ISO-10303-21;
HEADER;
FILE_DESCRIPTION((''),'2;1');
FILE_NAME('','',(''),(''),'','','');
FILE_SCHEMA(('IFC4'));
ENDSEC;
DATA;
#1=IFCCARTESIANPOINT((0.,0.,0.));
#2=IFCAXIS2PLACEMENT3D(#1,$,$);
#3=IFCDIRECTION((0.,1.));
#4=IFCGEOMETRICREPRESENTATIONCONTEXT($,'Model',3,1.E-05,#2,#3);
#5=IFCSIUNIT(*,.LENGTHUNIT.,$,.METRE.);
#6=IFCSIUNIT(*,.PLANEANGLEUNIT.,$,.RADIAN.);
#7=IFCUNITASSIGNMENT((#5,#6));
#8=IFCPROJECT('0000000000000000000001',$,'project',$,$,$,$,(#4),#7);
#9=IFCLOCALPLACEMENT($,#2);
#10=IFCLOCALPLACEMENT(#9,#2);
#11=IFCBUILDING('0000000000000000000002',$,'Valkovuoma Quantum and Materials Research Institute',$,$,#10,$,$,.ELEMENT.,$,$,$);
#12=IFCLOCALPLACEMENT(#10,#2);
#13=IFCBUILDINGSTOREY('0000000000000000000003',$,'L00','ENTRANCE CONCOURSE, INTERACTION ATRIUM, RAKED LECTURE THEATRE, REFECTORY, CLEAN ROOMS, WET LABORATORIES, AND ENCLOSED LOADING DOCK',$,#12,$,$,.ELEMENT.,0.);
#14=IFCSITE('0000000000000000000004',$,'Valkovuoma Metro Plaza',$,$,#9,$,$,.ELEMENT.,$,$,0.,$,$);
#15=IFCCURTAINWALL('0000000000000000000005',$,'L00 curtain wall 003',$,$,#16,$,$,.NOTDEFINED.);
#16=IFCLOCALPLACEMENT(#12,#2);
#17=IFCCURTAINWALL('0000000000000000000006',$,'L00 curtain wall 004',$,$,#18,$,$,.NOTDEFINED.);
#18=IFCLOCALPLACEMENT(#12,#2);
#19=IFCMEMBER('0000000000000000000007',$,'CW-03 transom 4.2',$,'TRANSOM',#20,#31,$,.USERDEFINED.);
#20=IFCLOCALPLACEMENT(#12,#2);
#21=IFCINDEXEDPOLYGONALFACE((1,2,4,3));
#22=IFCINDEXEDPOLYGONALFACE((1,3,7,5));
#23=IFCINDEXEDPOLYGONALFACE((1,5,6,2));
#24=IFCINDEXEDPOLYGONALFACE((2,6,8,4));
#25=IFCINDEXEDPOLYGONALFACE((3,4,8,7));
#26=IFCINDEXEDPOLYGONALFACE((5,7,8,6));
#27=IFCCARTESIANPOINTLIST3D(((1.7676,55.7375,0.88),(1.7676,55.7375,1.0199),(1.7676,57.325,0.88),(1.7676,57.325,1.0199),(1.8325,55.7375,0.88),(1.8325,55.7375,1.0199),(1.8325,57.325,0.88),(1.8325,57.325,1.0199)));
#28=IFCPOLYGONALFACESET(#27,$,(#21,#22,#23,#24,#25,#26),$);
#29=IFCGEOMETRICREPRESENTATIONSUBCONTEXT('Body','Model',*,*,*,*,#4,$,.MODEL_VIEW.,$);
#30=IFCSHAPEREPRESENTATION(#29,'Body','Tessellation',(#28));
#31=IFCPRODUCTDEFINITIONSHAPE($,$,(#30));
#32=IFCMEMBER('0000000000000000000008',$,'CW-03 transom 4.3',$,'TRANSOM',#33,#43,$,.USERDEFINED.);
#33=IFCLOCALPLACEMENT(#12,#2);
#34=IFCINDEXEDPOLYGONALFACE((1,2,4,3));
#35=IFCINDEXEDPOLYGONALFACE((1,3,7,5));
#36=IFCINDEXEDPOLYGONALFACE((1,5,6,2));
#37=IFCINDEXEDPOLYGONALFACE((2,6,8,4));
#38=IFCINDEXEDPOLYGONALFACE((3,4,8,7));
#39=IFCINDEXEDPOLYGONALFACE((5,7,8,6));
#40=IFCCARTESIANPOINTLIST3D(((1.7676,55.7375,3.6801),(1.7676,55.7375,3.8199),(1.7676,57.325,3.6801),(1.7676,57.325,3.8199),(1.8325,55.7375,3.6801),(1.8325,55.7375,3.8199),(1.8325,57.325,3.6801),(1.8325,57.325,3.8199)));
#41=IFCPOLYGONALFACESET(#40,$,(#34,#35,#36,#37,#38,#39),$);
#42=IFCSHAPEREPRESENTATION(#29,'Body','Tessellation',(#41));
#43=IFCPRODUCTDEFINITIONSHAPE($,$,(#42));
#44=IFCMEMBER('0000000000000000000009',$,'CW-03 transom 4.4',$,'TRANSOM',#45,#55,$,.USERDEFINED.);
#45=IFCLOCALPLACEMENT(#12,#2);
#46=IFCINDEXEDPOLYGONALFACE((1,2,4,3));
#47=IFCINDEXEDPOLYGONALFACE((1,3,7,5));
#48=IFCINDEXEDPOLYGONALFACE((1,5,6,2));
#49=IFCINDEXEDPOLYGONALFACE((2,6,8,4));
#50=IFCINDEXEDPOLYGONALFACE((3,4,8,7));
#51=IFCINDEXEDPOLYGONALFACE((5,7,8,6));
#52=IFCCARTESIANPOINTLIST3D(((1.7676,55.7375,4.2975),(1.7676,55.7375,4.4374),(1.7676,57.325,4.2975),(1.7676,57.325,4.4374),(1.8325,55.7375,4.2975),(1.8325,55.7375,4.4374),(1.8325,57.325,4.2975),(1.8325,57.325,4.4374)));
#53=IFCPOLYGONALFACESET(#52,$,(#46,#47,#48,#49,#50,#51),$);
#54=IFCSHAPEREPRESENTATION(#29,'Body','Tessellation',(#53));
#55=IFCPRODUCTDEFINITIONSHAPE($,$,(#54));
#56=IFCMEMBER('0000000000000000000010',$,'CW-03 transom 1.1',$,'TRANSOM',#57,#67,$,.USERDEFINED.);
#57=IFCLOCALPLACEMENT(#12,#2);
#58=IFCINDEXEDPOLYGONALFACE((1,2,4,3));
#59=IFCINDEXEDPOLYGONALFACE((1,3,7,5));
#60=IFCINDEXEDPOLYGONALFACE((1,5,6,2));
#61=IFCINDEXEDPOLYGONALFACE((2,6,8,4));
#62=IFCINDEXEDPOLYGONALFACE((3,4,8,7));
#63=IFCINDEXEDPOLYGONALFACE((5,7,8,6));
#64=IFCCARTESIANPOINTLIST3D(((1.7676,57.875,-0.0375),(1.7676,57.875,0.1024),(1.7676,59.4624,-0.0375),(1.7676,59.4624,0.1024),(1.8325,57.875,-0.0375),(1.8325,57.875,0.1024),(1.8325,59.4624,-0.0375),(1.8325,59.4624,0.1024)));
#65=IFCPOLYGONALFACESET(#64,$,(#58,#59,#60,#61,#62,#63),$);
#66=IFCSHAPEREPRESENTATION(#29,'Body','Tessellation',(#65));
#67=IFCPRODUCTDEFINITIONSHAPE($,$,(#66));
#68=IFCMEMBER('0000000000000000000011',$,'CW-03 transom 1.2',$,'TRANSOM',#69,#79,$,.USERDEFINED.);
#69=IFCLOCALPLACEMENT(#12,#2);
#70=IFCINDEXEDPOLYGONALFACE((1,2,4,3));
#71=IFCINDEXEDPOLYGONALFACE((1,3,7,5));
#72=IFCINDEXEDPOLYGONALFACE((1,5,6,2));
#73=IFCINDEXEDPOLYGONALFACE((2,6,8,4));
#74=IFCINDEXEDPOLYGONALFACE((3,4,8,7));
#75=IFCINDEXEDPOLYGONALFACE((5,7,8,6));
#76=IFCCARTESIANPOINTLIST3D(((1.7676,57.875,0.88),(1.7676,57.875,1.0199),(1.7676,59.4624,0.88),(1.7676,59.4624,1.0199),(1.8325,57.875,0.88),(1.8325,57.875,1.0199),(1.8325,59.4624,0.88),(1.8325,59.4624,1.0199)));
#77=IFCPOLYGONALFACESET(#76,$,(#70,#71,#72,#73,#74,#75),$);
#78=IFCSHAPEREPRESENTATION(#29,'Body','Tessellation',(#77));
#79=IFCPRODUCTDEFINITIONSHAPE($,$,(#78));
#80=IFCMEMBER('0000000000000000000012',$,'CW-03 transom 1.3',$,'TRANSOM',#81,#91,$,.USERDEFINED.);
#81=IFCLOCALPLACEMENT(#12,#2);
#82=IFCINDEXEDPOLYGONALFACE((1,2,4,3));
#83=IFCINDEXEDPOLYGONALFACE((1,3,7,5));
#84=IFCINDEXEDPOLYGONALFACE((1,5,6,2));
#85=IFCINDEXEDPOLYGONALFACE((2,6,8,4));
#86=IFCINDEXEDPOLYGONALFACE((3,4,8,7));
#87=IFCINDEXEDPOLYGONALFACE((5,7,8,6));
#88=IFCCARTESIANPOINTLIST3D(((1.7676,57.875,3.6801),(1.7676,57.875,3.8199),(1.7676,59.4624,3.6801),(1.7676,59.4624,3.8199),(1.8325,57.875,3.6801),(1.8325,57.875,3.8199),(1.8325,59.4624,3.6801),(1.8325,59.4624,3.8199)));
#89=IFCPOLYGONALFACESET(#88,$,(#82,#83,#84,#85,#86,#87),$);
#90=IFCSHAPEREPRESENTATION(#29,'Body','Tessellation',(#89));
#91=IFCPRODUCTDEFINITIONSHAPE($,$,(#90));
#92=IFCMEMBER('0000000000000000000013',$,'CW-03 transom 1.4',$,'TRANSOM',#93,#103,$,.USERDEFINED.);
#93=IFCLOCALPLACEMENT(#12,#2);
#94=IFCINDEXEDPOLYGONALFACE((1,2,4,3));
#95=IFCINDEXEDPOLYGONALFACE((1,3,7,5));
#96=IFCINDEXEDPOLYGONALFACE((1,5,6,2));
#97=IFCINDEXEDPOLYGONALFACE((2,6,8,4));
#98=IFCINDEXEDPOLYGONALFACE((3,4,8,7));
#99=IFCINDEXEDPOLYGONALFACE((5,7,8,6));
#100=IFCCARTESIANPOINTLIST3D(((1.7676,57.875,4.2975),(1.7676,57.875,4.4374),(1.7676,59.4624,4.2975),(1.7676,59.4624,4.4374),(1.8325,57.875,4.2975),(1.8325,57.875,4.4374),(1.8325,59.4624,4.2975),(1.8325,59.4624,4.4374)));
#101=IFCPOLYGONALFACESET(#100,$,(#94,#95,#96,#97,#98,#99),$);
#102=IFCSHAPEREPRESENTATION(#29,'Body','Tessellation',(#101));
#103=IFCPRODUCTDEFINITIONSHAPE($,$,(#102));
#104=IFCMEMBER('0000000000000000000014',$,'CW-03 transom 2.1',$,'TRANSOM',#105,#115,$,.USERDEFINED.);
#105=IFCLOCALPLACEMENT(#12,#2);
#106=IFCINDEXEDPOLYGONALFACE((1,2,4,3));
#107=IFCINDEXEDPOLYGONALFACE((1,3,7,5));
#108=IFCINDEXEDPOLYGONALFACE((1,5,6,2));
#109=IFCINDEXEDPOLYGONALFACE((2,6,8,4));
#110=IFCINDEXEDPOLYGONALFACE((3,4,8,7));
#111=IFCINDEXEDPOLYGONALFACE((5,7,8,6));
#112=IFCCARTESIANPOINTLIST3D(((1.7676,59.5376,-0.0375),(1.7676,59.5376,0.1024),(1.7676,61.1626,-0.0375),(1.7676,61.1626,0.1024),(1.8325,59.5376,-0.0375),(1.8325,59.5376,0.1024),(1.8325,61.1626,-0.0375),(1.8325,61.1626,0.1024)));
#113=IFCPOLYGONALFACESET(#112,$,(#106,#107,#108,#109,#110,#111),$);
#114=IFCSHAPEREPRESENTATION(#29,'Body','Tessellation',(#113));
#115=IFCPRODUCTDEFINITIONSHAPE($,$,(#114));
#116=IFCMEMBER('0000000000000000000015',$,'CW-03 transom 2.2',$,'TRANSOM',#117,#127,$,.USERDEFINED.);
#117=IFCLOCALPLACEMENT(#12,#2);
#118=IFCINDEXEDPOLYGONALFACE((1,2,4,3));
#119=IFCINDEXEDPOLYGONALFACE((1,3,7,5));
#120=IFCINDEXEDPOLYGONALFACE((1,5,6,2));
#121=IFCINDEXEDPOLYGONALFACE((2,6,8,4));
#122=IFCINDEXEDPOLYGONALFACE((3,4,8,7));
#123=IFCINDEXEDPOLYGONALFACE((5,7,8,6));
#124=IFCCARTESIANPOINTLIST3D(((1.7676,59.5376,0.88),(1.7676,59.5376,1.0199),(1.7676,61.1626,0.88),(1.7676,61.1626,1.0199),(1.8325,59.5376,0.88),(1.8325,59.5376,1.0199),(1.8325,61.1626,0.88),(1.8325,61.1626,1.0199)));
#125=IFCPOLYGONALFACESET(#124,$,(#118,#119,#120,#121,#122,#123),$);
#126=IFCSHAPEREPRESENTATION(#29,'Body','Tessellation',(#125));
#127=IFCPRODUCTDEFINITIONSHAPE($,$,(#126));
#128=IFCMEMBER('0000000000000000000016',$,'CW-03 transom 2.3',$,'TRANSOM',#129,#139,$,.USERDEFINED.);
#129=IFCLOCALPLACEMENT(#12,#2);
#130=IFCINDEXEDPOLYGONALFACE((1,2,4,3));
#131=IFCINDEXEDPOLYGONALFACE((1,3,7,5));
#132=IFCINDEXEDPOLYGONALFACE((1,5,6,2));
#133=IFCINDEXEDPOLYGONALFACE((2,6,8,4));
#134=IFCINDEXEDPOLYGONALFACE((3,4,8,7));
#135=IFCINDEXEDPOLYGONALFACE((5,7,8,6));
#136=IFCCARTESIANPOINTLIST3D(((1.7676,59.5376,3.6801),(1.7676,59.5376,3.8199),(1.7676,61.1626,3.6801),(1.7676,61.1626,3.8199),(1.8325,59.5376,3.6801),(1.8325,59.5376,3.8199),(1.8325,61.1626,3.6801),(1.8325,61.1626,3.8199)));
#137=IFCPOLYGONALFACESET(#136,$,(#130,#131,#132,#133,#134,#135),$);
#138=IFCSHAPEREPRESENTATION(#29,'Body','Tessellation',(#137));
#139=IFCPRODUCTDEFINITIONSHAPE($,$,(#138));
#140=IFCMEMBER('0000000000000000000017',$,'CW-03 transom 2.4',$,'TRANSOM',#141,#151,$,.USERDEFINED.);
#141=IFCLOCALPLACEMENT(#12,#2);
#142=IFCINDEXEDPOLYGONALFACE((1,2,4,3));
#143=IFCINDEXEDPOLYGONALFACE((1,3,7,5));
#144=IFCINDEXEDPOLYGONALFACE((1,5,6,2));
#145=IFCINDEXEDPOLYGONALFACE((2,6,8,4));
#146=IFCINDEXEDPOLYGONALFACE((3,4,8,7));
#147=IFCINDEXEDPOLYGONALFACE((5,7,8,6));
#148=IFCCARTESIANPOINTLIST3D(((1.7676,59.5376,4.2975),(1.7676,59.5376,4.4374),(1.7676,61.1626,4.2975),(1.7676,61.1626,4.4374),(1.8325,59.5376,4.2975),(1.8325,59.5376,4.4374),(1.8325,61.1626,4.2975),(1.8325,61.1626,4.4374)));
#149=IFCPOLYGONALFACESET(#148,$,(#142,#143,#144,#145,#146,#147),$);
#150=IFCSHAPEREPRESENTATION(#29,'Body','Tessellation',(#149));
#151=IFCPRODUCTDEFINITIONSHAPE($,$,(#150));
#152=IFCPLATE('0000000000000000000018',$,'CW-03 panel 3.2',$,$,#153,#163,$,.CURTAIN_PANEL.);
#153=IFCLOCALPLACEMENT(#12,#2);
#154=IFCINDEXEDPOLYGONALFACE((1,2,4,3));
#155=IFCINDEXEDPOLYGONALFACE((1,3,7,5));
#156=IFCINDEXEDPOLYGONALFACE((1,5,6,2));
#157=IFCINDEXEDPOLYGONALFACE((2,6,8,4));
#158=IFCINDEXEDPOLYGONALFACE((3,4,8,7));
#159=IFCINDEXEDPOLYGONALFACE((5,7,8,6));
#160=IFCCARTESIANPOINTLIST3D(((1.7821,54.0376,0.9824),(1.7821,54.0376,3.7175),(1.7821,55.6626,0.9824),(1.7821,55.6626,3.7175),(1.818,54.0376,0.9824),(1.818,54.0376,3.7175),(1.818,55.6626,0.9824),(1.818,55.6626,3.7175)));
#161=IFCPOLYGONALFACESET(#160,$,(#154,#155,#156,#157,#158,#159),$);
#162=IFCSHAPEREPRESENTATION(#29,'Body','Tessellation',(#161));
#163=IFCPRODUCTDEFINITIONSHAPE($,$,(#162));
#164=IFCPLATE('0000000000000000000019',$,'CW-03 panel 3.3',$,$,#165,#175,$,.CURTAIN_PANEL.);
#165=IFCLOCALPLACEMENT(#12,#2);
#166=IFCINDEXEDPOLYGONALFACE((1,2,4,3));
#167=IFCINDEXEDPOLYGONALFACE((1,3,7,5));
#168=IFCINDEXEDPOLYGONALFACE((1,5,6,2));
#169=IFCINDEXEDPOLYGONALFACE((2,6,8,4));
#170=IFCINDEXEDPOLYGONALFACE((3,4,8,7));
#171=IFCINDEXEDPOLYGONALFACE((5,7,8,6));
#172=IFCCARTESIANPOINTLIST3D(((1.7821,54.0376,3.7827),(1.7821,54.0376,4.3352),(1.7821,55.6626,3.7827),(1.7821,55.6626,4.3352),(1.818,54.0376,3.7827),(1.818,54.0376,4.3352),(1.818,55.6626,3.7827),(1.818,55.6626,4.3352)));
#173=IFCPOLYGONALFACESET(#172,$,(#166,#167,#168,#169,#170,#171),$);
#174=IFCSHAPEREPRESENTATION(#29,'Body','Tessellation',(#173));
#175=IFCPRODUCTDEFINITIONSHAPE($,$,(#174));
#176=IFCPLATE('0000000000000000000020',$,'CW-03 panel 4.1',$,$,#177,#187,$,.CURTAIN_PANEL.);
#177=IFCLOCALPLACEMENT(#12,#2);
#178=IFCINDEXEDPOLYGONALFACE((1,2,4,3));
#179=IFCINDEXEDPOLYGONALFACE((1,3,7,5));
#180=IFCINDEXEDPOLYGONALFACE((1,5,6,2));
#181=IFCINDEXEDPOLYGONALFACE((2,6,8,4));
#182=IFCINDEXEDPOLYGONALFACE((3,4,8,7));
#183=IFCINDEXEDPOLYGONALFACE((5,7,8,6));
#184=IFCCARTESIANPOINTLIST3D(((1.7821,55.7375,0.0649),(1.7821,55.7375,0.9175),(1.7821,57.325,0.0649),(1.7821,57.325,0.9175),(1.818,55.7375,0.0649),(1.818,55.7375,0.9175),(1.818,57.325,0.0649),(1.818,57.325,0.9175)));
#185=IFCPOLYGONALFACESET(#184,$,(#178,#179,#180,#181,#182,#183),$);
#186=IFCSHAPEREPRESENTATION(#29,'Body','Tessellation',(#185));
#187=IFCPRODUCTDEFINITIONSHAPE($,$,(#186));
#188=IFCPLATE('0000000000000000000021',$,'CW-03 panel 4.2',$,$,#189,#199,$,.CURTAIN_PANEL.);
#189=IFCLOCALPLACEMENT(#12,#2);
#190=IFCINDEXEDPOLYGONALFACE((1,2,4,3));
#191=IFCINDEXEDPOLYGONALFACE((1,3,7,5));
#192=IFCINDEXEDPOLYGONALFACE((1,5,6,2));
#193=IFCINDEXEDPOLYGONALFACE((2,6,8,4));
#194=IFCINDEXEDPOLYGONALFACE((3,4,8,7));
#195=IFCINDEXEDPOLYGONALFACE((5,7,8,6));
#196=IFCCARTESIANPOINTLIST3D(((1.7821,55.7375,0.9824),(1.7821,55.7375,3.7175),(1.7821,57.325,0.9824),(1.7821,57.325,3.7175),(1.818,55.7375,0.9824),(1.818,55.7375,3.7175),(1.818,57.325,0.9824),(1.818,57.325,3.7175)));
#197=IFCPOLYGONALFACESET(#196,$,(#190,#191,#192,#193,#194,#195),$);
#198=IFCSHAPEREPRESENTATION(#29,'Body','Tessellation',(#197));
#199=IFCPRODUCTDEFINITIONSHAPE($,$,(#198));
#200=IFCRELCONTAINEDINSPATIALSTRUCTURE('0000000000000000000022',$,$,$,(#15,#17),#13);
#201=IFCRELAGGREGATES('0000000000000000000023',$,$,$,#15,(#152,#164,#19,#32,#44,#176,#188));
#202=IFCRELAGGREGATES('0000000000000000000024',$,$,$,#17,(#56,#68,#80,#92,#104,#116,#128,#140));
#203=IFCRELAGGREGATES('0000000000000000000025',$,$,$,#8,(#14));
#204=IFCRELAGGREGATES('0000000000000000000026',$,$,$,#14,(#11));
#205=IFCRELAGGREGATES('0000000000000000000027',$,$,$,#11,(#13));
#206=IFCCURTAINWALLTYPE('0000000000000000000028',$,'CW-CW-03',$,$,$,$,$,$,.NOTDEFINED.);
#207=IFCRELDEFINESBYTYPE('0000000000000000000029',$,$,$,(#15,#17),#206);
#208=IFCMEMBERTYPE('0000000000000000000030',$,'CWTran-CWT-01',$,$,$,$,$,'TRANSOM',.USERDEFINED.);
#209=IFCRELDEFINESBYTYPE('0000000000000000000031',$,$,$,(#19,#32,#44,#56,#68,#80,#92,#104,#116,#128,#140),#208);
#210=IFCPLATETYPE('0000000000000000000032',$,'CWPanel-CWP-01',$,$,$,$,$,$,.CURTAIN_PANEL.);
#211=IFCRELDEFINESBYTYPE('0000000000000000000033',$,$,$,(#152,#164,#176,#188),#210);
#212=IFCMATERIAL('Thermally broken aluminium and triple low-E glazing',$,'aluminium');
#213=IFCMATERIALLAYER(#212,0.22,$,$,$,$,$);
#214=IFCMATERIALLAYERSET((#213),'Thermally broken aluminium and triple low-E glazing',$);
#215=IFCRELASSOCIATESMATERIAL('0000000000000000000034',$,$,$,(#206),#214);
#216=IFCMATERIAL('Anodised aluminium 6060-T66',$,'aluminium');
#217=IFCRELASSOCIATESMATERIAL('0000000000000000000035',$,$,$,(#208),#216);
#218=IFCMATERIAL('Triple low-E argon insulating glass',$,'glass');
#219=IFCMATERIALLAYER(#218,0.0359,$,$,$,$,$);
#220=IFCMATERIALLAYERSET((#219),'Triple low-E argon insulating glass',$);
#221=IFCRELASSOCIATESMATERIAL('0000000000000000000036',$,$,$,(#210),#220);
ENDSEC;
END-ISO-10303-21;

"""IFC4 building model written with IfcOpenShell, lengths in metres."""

from ifc_helpers import new_model, si_unit, direction, frame, origin, origin_2d, place, context, subcontext, project, spatial, rectangle, extrude, material, layer, layer_set, material_profile, profile_set, type_object, element, aggregate, save


model = new_model("IFC4")

# Units and contexts
model_context = context("Model", 3, precision=1e-05, world=origin(), true_north=direction((0.0, 1.0)))
body_context = subcontext(model_context, "Body", "Model", "MODEL_VIEW")
ifc_project = project(units=[si_unit("LENGTHUNIT", "METRE"), si_unit("PLANEANGLEUNIT", "RADIAN")], contexts=[model_context])

# Site, building, storey
site_placement = place(None, origin())
site = spatial("IfcSite", under=ifc_project, at=site_placement, Name="Valkovuoma Metro Plaza", CompositionType="ELEMENT", RefElevation=0.0)
building_placement = place(site_placement, origin())
building = spatial("IfcBuilding", under=site, at=building_placement, Name="Valkovuoma Quantum and Materials Research Institute", CompositionType="ELEMENT")
storey_placement = place(building_placement, origin())
storey = spatial("IfcBuildingStorey", under=building, at=storey_placement, Name="L00", Description="ENTRANCE CONCOURSE, INTERACTION ATRIUM, RAKED LECTURE THEATRE, REFECTORY, CLEAN ROOMS, WET LABORATORIES, AND ENCLOSED LOADING DOCK", CompositionType="ELEMENT", Elevation=0.0)

# Curtain walls
ifc_material_1 = material(Name="Thermally broken aluminium and triple low-E glazing", Category="aluminium")
ifc_layer_1 = layer(ifc_material_1, 0.22)
ifc_layer_set_1 = layer_set([ifc_layer_1], Name="Thermally broken aluminium and triple low-E glazing")
curtain_wall_type = type_object("IfcCurtainWallType", Name="CW-CW-03", PredefinedType="NOTDEFINED", material=ifc_layer_set_1)
curtain_wall_1_placement = place(storey_placement, origin())
curtain_wall_1 = element("IfcCurtainWall", 1, at=curtain_wall_1_placement, inside=storey, type_object=curtain_wall_type, Name="L00 curtain wall 003", PredefinedType="NOTDEFINED")
curtain_wall_2_placement = place(storey_placement, origin())
curtain_wall_2 = element("IfcCurtainWall", 2, at=curtain_wall_2_placement, inside=storey, type_object=curtain_wall_type, Name="L00 curtain wall 004", PredefinedType="NOTDEFINED")

# Members
ifc_material_2 = material(Name="Anodised aluminium 6060-T66", Category="aluminium")
ifc_material_profile_1 = material_profile(ifc_material_2, rectangle(XDim=0.0649, YDim=0.1399, at=origin_2d()), Name="Anodised aluminium 6060-T66")
ifc_profile_set_1 = profile_set([ifc_material_profile_1], Name="Anodised aluminium 6060-T66")
member_type_1 = type_object("IfcMemberType", Name="CWTran-CWT-01", ElementType="TRANSOM", PredefinedType="USERDEFINED", material=ifc_profile_set_1)
member_1_placement = place(storey_placement, frame((1.8, 55.7375, 0.95), z_axis=(0.0, 1.0, 0.0), x_axis=(-1.0, 0.0, 0.0)))
member_1 = element("IfcMember", 3, at=member_1_placement, type_object=member_type_1, Name="CW-03 transom 4.2", ObjectType="TRANSOM", PredefinedType="USERDEFINED", context=body_context, shape_type="SweptSolid", body=[
    extrude(rectangle(XDim=0.0649, YDim=0.1399, at=origin_2d()), origin(), (0.0, 0.0, 1.0), 1.5874),
])
member_2_placement = place(storey_placement, frame((1.8, 55.7375, 3.75), z_axis=(0.0, 1.0, 0.0), x_axis=(-1.0, 0.0, 0.0)))
member_2 = element("IfcMember", 4, at=member_2_placement, type_object=member_type_1, Name="CW-03 transom 4.3", ObjectType="TRANSOM", PredefinedType="USERDEFINED", context=body_context, shape_type="SweptSolid", body=[
    extrude(rectangle(XDim=0.0649, YDim=0.1399, at=origin_2d()), origin(), (0.0, 0.0, 1.0), 1.5874),
])
member_3_placement = place(storey_placement, frame((1.8, 55.7375, 4.3674), z_axis=(0.0, 1.0, 0.0), x_axis=(-1.0, 0.0, 0.0)))
member_3 = element("IfcMember", 5, at=member_3_placement, type_object=member_type_1, Name="CW-03 transom 4.4", ObjectType="TRANSOM", PredefinedType="USERDEFINED", context=body_context, shape_type="SweptSolid", body=[
    extrude(rectangle(XDim=0.0649, YDim=0.1399, at=origin_2d()), origin(), (0.0, 0.0, 1.0), 1.5874),
])
member_4_placement = place(storey_placement, frame((1.8, 57.875, 0.0325), z_axis=(0.0, 1.0, 0.0), x_axis=(-1.0, 0.0, 0.0)))
member_4 = element("IfcMember", 6, at=member_4_placement, type_object=member_type_1, Name="CW-03 transom 1.1", ObjectType="TRANSOM", PredefinedType="USERDEFINED", context=body_context, shape_type="SweptSolid", body=[
    extrude(rectangle(XDim=0.0649, YDim=0.1399, at=origin_2d()), origin(), (0.0, 0.0, 1.0), 1.5874),
])
member_5_placement = place(storey_placement, frame((1.8, 57.875, 0.95), z_axis=(0.0, 1.0, 0.0), x_axis=(-1.0, 0.0, 0.0)))
member_5 = element("IfcMember", 7, at=member_5_placement, type_object=member_type_1, Name="CW-03 transom 1.2", ObjectType="TRANSOM", PredefinedType="USERDEFINED", context=body_context, shape_type="SweptSolid", body=[
    extrude(rectangle(XDim=0.0649, YDim=0.1399, at=origin_2d()), origin(), (0.0, 0.0, 1.0), 1.5874),
])
member_6_placement = place(storey_placement, frame((1.8, 57.875, 3.75), z_axis=(0.0, 1.0, 0.0), x_axis=(-1.0, 0.0, 0.0)))
member_6 = element("IfcMember", 8, at=member_6_placement, type_object=member_type_1, Name="CW-03 transom 1.3", ObjectType="TRANSOM", PredefinedType="USERDEFINED", context=body_context, shape_type="SweptSolid", body=[
    extrude(rectangle(XDim=0.0649, YDim=0.1399, at=origin_2d()), origin(), (0.0, 0.0, 1.0), 1.5874),
])
member_7_placement = place(storey_placement, frame((1.8, 57.875, 4.3674), z_axis=(0.0, 1.0, 0.0), x_axis=(-1.0, 0.0, 0.0)))
member_7 = element("IfcMember", 9, at=member_7_placement, type_object=member_type_1, Name="CW-03 transom 1.4", ObjectType="TRANSOM", PredefinedType="USERDEFINED", context=body_context, shape_type="SweptSolid", body=[
    extrude(rectangle(XDim=0.0649, YDim=0.1399, at=origin_2d()), origin(), (0.0, 0.0, 1.0), 1.5874),
])
member_8_placement = place(storey_placement, frame((1.8, 59.5376, 0.0325), z_axis=(0.0, 1.0, 0.0), x_axis=(-1.0, 0.0, 0.0)))
member_8 = element("IfcMember", 10, at=member_8_placement, type_object=member_type_1, Name="CW-03 transom 2.1", ObjectType="TRANSOM", PredefinedType="USERDEFINED", context=body_context, shape_type="SweptSolid", body=[
    extrude(rectangle(XDim=0.0649, YDim=0.1399, at=origin_2d()), origin(), (0.0, 0.0, 1.0), 1.625),
])
member_9_placement = place(storey_placement, frame((1.8, 59.5376, 0.95), z_axis=(0.0, 1.0, 0.0), x_axis=(-1.0, 0.0, 0.0)))
member_9 = element("IfcMember", 11, at=member_9_placement, type_object=member_type_1, Name="CW-03 transom 2.2", ObjectType="TRANSOM", PredefinedType="USERDEFINED", context=body_context, shape_type="SweptSolid", body=[
    extrude(rectangle(XDim=0.0649, YDim=0.1399, at=origin_2d()), origin(), (0.0, 0.0, 1.0), 1.625),
])
member_10_placement = place(storey_placement, frame((1.8, 59.5376, 3.75), z_axis=(0.0, 1.0, 0.0), x_axis=(-1.0, 0.0, 0.0)))
member_10 = element("IfcMember", 12, at=member_10_placement, type_object=member_type_1, Name="CW-03 transom 2.3", ObjectType="TRANSOM", PredefinedType="USERDEFINED", context=body_context, shape_type="SweptSolid", body=[
    extrude(rectangle(XDim=0.0649, YDim=0.1399, at=origin_2d()), origin(), (0.0, 0.0, 1.0), 1.625),
])
member_11_placement = place(storey_placement, frame((1.8, 59.5376, 4.3674), z_axis=(0.0, 1.0, 0.0), x_axis=(-1.0, 0.0, 0.0)))
member_11 = element("IfcMember", 13, at=member_11_placement, type_object=member_type_1, Name="CW-03 transom 2.4", ObjectType="TRANSOM", PredefinedType="USERDEFINED", context=body_context, shape_type="SweptSolid", body=[
    extrude(rectangle(XDim=0.0649, YDim=0.1399, at=origin_2d()), origin(), (0.0, 0.0, 1.0), 1.625),
])

# Plates
ifc_material_3 = material(Name="Triple low-E argon insulating glass", Category="glass")
ifc_layer_2 = layer(ifc_material_3, 0.0359)
ifc_layer_set_2 = layer_set([ifc_layer_2], Name="Triple low-E argon insulating glass")
plate_type = type_object("IfcPlateType", Name="CWPanel-CWP-01", PredefinedType="CURTAIN_PANEL", material=ifc_layer_set_2)
plate_1_placement = place(storey_placement, frame((1.8, 54.8501, 0.9824), z_axis=(0.0, 0.0, 1.0), x_axis=(0.0, 1.0, 0.0)))
plate_1 = element("IfcPlate", 14, at=plate_1_placement, type_object=plate_type, Name="CW-03 panel 3.2", PredefinedType="CURTAIN_PANEL", context=body_context, shape_type="SweptSolid", body=[
    extrude(rectangle(XDim=1.625, YDim=0.0359, at=origin_2d()), origin(), (0.0, 0.0, 1.0), 2.7351),
])
plate_2_placement = place(storey_placement, frame((1.8, 54.8501, 3.7827), z_axis=(0.0, 0.0, 1.0), x_axis=(0.0, 1.0, 0.0)))
plate_2 = element("IfcPlate", 15, at=plate_2_placement, type_object=plate_type, Name="CW-03 panel 3.3", PredefinedType="CURTAIN_PANEL", context=body_context, shape_type="SweptSolid", body=[
    extrude(rectangle(XDim=1.625, YDim=0.0359, at=origin_2d()), origin(), (0.0, 0.0, 1.0), 0.5525),
])
plate_3_placement = place(storey_placement, frame((1.8, 56.5312, 0.0649), z_axis=(0.0, 0.0, 1.0), x_axis=(0.0, 1.0, 0.0)))
plate_3 = element("IfcPlate", 16, at=plate_3_placement, type_object=plate_type, Name="CW-03 panel 4.1", PredefinedType="CURTAIN_PANEL", context=body_context, shape_type="SweptSolid", body=[
    extrude(rectangle(XDim=1.5874, YDim=0.0359, at=origin_2d()), origin(), (0.0, 0.0, 1.0), 0.8525),
])
plate_4_placement = place(storey_placement, frame((1.8, 56.5312, 0.9824), z_axis=(0.0, 0.0, 1.0), x_axis=(0.0, 1.0, 0.0)))
plate_4 = element("IfcPlate", 17, at=plate_4_placement, type_object=plate_type, Name="CW-03 panel 4.2", PredefinedType="CURTAIN_PANEL", context=body_context, shape_type="SweptSolid", body=[
    extrude(rectangle(XDim=1.5874, YDim=0.0359, at=origin_2d()), origin(), (0.0, 0.0, 1.0), 2.7351),
])
aggregate(curtain_wall_1, [plate_1, plate_2, member_1, member_2, member_3, plate_3, plate_4])
aggregate(curtain_wall_2, [member_4, member_5, member_6, member_7, member_8, member_9, member_10, member_11])

save(model, "model.ifc")
